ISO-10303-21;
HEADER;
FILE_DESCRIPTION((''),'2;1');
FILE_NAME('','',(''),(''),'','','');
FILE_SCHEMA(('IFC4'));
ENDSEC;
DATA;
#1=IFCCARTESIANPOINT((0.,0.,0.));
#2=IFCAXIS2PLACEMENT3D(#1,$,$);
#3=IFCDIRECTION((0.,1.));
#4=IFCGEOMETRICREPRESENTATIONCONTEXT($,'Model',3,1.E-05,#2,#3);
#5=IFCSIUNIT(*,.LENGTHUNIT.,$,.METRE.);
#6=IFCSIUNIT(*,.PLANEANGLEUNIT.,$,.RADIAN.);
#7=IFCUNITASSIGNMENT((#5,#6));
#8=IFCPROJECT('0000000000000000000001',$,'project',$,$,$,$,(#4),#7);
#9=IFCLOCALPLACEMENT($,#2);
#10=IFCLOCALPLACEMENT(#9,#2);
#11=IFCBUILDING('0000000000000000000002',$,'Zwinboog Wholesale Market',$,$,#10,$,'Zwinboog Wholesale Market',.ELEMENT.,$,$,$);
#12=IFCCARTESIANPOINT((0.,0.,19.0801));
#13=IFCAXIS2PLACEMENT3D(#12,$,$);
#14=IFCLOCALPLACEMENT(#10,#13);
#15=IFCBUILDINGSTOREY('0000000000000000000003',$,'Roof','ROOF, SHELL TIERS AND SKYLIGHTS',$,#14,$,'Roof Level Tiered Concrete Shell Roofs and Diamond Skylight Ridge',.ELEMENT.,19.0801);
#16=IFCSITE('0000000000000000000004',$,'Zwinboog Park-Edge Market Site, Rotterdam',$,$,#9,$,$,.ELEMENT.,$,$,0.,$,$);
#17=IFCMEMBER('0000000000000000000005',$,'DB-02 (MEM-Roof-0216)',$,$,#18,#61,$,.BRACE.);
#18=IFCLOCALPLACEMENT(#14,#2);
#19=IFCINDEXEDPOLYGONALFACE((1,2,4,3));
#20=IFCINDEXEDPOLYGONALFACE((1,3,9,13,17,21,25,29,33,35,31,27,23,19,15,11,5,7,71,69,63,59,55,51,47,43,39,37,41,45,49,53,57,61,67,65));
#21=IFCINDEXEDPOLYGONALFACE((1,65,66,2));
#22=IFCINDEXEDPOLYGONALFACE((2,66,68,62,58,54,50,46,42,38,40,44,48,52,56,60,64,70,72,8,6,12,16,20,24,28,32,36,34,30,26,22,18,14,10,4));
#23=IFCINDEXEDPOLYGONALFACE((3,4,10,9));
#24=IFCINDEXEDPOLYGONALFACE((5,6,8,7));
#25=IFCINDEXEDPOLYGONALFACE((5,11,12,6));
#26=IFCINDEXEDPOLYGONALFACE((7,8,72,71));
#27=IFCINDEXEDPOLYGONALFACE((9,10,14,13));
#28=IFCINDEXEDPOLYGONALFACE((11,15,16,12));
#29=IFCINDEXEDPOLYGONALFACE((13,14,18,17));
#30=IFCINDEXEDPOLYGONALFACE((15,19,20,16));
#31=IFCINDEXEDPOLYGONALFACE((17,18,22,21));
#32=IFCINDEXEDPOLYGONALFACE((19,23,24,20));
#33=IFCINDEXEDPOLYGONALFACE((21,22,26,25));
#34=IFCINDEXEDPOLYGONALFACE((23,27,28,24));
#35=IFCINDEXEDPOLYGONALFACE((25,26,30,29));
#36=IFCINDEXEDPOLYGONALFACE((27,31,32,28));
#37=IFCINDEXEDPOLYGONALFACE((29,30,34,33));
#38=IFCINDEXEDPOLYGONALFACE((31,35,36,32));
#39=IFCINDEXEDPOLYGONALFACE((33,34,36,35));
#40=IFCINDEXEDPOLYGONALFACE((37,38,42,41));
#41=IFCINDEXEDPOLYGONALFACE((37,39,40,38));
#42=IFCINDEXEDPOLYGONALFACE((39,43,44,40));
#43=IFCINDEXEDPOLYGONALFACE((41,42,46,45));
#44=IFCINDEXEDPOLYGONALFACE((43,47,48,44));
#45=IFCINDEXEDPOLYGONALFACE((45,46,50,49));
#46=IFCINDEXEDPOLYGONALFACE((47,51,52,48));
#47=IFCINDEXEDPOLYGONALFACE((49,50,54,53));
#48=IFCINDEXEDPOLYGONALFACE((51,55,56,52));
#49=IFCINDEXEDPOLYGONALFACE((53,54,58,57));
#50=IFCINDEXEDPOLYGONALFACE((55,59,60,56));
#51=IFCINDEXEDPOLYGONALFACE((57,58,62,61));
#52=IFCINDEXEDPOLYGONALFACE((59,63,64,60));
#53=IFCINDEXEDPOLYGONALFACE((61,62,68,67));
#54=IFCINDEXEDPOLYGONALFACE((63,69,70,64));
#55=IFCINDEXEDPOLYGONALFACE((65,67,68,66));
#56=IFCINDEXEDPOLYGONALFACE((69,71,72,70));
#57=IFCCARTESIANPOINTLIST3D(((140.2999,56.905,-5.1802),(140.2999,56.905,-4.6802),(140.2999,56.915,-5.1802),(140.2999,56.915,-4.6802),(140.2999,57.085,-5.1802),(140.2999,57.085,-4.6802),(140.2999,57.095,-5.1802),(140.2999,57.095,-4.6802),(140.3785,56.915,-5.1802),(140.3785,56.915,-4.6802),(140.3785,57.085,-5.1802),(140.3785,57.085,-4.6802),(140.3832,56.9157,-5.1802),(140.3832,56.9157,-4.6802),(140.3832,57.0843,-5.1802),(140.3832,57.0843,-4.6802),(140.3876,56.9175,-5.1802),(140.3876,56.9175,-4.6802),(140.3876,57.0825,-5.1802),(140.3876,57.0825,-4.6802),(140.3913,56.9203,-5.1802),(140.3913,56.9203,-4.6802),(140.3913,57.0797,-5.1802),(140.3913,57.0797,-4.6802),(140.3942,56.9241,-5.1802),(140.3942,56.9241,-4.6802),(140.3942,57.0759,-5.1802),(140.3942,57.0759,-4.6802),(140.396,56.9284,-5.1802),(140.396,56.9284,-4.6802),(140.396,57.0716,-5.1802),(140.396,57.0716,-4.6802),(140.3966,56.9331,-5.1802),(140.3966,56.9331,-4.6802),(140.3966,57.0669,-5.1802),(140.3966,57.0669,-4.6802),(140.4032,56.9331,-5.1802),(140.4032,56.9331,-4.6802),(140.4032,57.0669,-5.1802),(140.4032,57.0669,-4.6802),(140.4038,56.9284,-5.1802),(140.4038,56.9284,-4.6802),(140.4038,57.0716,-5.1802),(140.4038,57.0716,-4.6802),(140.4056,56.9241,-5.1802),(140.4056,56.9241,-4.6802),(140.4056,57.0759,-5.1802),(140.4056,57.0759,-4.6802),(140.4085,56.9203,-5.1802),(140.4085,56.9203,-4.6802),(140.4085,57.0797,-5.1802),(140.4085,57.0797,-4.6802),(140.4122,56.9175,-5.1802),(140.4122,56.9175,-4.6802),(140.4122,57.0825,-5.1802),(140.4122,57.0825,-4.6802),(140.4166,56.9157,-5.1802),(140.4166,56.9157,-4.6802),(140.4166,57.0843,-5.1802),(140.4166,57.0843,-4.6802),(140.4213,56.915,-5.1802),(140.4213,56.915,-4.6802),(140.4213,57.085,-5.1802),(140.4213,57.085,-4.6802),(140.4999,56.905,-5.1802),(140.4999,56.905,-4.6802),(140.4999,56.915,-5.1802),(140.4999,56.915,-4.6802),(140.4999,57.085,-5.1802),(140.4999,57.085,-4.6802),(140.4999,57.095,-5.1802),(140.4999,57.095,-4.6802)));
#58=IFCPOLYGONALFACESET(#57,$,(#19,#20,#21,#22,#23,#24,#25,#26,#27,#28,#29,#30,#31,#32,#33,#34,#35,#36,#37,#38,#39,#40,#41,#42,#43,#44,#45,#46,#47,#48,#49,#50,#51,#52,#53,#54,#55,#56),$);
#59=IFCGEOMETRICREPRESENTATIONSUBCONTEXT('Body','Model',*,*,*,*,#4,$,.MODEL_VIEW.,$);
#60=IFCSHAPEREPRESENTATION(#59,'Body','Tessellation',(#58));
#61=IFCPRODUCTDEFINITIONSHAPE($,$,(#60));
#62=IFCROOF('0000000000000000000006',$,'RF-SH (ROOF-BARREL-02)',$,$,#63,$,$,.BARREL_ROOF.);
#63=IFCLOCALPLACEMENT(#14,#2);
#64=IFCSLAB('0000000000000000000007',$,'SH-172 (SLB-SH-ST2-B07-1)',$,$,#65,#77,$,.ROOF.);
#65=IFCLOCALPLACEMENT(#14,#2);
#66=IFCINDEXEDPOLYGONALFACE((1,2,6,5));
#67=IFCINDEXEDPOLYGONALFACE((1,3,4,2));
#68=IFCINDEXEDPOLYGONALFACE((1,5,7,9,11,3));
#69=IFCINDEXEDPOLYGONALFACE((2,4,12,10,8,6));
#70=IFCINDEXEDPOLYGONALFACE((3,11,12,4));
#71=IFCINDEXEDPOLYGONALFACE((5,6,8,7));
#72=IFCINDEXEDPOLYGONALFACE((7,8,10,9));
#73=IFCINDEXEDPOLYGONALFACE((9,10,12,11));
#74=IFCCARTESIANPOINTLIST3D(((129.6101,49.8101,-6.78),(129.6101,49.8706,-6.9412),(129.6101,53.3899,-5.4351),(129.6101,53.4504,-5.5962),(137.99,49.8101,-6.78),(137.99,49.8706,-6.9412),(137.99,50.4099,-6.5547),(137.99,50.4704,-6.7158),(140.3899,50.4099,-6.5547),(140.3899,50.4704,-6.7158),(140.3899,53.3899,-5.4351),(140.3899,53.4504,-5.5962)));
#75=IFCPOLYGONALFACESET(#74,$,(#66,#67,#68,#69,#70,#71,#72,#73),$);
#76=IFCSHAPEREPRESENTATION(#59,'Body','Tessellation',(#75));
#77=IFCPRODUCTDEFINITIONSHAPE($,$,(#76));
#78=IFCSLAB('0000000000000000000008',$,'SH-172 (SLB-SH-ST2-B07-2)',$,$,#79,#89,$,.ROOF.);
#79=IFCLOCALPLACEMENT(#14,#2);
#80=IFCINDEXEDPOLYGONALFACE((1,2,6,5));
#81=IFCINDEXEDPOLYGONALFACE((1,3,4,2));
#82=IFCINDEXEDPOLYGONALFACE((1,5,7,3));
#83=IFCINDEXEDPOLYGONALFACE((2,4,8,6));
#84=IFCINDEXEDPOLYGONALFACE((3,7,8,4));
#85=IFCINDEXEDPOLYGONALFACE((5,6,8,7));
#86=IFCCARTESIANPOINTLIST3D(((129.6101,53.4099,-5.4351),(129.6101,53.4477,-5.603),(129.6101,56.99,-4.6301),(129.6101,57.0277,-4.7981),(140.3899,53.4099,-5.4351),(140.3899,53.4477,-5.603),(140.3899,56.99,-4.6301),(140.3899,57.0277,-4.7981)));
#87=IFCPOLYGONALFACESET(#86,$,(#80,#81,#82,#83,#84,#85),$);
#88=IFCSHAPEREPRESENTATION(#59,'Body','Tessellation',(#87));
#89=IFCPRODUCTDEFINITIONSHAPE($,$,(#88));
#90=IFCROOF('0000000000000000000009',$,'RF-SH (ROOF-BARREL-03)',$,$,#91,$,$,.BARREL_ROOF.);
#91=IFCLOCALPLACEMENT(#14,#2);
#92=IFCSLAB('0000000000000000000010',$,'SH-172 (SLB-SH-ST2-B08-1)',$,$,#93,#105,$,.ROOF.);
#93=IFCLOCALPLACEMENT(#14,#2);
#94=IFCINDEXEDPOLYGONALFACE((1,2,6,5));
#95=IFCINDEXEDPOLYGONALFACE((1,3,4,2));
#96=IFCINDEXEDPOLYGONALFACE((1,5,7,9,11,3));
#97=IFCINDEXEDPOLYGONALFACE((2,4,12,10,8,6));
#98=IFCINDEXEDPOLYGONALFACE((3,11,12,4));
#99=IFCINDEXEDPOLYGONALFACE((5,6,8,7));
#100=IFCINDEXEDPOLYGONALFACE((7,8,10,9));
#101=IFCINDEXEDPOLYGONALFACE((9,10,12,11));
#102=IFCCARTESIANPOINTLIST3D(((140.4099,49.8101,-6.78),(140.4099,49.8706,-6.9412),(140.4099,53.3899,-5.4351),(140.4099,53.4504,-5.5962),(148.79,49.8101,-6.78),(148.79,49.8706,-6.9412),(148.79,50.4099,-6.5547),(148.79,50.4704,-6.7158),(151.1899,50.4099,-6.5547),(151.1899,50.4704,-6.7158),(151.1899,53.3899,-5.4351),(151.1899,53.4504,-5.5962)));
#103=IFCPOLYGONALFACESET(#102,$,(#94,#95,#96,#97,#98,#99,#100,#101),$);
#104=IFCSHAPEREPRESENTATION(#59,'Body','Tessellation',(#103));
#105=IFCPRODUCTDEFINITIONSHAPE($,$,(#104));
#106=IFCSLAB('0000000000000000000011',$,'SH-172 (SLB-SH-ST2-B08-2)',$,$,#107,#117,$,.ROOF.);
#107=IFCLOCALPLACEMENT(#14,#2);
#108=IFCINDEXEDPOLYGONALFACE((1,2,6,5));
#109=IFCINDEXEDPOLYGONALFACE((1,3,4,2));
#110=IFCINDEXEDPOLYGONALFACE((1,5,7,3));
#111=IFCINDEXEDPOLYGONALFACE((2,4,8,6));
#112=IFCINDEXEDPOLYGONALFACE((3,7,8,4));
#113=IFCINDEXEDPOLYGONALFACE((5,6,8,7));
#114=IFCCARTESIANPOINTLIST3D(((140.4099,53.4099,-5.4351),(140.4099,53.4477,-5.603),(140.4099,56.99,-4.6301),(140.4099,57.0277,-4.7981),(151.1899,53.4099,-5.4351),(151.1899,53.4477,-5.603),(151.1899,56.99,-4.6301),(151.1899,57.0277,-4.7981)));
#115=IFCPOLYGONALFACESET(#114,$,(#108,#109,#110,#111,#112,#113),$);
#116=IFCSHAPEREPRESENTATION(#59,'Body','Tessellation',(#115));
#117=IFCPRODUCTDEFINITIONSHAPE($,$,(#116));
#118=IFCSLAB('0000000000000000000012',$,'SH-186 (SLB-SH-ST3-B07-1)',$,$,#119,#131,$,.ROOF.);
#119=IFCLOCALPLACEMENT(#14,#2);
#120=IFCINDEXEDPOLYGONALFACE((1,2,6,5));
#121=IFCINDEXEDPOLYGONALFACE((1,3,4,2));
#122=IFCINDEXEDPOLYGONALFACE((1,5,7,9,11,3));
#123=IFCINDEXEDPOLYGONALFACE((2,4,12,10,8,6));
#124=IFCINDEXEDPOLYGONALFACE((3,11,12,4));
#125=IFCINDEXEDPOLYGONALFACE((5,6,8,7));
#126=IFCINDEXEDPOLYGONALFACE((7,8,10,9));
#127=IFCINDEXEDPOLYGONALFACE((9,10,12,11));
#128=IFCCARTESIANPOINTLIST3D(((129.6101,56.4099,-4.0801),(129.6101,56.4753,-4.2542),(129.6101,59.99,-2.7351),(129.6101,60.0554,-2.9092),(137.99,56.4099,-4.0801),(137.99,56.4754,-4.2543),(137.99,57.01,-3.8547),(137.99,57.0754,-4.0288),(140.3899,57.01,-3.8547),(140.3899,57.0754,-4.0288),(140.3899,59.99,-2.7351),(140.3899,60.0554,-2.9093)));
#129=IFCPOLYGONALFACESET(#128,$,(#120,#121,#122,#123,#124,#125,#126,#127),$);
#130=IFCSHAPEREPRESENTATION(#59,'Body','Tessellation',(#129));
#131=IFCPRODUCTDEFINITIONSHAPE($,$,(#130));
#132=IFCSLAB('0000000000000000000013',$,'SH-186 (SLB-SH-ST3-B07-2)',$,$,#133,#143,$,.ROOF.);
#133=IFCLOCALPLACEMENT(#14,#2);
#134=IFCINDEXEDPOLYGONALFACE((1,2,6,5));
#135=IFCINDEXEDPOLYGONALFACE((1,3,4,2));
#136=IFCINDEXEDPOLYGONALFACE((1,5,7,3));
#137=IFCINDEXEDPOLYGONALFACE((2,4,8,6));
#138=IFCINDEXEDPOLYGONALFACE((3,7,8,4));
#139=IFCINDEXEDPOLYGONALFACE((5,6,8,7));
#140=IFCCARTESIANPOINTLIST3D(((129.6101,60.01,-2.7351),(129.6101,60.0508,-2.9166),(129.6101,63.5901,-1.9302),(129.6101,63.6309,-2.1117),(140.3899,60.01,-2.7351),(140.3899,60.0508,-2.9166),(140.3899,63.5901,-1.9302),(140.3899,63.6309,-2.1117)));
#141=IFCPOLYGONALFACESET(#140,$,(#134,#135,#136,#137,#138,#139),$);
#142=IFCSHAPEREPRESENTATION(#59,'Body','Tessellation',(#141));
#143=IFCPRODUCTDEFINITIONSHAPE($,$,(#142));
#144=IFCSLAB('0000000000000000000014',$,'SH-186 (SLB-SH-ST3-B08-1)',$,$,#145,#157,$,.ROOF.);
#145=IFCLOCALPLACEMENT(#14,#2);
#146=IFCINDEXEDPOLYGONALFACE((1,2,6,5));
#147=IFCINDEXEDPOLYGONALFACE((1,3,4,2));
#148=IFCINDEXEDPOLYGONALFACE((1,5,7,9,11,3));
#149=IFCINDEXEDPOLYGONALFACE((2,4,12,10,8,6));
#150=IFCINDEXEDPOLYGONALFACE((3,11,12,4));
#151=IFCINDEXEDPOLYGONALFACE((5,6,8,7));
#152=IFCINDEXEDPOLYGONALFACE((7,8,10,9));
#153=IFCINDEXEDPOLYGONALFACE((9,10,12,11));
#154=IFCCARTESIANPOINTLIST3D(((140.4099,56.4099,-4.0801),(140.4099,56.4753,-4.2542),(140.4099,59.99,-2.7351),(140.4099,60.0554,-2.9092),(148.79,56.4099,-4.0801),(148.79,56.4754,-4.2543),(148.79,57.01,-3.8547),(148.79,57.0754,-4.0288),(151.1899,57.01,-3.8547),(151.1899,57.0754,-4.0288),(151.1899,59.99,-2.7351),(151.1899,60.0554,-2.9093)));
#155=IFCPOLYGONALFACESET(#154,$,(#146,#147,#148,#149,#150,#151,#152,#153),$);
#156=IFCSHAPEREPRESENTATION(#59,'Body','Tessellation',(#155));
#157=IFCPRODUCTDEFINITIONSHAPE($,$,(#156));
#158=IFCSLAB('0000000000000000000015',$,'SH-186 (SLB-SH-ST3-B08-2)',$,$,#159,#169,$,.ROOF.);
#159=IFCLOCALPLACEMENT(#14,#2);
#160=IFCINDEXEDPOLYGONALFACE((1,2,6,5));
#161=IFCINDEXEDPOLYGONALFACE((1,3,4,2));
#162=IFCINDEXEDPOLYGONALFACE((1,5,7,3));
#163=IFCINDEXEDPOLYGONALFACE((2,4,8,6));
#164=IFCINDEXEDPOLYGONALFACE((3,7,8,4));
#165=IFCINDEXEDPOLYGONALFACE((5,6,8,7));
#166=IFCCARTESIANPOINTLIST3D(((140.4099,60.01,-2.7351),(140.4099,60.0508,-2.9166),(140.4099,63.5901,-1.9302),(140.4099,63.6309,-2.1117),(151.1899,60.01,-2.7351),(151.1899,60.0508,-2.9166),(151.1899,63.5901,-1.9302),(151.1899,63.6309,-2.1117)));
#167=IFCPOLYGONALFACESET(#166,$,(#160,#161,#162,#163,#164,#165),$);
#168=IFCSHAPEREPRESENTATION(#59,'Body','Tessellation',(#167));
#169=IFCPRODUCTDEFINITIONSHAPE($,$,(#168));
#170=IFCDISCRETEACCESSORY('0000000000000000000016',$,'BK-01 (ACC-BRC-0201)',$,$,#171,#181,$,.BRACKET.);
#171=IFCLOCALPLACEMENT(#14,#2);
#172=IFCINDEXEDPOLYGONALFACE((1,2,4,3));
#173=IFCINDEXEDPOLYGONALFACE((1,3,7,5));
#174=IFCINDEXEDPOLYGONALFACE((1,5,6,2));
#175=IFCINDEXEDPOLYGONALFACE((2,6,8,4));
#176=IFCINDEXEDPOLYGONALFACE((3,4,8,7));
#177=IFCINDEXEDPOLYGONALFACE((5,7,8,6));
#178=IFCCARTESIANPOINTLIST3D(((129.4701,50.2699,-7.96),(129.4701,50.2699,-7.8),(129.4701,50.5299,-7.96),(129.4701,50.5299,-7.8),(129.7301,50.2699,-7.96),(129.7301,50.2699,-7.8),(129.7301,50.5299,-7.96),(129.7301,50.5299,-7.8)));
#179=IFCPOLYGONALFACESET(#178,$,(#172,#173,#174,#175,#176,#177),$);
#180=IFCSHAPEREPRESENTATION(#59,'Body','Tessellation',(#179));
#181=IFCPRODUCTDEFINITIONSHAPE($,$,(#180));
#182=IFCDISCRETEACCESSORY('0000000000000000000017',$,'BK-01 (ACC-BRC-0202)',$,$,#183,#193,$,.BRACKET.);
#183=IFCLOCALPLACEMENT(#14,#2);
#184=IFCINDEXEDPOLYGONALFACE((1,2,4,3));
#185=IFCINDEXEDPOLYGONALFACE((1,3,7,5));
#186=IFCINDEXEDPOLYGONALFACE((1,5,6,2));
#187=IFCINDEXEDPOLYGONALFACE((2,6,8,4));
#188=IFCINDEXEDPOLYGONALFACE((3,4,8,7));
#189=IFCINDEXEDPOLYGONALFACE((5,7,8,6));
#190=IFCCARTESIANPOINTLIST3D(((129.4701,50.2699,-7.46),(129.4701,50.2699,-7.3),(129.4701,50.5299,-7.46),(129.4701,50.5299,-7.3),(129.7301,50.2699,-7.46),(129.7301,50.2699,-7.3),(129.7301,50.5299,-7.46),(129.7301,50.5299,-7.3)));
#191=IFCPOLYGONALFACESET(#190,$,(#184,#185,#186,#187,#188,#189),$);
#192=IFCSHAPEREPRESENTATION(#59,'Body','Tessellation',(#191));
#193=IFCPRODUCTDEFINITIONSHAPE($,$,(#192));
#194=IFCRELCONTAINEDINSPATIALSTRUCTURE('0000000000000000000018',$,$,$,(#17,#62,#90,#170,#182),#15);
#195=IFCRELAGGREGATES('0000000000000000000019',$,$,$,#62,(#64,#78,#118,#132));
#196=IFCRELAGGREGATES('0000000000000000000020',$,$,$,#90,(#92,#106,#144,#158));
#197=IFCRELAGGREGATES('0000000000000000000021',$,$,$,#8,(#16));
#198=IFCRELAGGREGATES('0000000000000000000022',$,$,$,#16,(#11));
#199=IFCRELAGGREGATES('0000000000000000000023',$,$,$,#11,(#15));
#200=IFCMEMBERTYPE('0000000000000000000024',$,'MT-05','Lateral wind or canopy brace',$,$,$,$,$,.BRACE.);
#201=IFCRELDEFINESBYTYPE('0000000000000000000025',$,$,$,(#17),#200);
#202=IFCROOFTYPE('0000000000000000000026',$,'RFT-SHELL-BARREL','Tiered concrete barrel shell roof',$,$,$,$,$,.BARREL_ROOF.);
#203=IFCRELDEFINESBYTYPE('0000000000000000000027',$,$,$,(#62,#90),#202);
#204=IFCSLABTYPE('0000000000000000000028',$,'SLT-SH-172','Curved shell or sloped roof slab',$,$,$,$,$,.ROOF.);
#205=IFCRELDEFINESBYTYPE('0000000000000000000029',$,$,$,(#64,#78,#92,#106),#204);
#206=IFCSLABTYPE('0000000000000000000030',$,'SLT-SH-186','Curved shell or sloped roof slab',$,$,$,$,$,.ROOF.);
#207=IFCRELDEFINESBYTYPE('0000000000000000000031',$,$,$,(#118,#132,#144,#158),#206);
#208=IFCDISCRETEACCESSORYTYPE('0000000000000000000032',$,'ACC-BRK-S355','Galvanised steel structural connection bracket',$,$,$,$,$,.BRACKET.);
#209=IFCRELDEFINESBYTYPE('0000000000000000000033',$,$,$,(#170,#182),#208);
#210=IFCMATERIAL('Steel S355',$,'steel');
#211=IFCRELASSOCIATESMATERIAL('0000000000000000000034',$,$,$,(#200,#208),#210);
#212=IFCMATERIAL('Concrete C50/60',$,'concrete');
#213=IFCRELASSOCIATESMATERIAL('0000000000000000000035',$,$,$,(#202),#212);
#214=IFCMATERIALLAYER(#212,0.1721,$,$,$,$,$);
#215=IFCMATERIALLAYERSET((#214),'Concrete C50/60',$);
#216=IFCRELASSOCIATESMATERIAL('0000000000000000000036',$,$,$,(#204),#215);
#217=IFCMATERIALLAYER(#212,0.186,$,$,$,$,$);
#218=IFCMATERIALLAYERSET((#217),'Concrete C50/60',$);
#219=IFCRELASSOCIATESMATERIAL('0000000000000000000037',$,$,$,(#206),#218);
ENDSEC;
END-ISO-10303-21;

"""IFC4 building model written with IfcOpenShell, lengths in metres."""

from ifc_helpers import new_model, si_unit, direction, frame, origin, origin_2d, place, context, subcontext, project, spatial, polyline, rectangle, i_section, outline, extrude, material, layer, layer_set, material_profile, profile_set, type_object, element, aggregate, save


model = new_model("IFC4")

# Units and contexts
model_context = context("Model", 3, precision=1e-05, world=origin(), true_north=direction((0.0, 1.0)))
body_context = subcontext(model_context, "Body", "Model", "MODEL_VIEW")
ifc_project = project(units=[si_unit("LENGTHUNIT", "METRE"), si_unit("PLANEANGLEUNIT", "RADIAN")], contexts=[model_context])

# Site, building, storey
site_placement = place(None, origin())
site = spatial("IfcSite", under=ifc_project, at=site_placement, Name="Zwinboog Park-Edge Market Site, Rotterdam", CompositionType="ELEMENT", RefElevation=0.0)
building_placement = place(site_placement, origin())
building = spatial("IfcBuilding", under=site, at=building_placement, Name="Zwinboog Wholesale Market", LongName="Zwinboog Wholesale Market", CompositionType="ELEMENT")
storey_placement = place(building_placement, frame((0.0, 0.0, 19.0801)))
storey = spatial("IfcBuildingStorey", under=building, at=storey_placement, Name="Roof", Description="ROOF, SHELL TIERS AND SKYLIGHTS", LongName="Roof Level Tiered Concrete Shell Roofs and Diamond Skylight Ridge", CompositionType="ELEMENT", Elevation=19.0801)

# Member
ifc_material_1 = material(Name="Steel S355", Category="steel")
ifc_material_profile_1 = material_profile(ifc_material_1, i_section(OverallWidth=0.2, OverallDepth=0.1899, WebThickness=0.0066, FlangeThickness=0.01, FilletRadius=0.0181, at=origin_2d()), Name="HEA 200")
ifc_profile_set_1 = profile_set([ifc_material_profile_1], Name="Steel S355")
member_type_1 = type_object("IfcMemberType", Name="MT-05", Description="Lateral wind or canopy brace", PredefinedType="BRACE", material=ifc_profile_set_1)
for number, where, z_axis, x_axis, name in (
    (1, (140.3999, 57.0, -5.1802), (0.0, 0.0, 1.0), (1.0, 0.0, 0.0), "DB-02 (MEM-Roof-0216)"),
):
    element("IfcMember", number, at=place(storey_placement, frame(where, z_axis=z_axis, x_axis=x_axis)), inside=storey, type_object=member_type_1, Name=name, PredefinedType="BRACE", context=body_context, shape_type="SweptSolid", body=[
        extrude(i_section(OverallWidth=0.2, OverallDepth=0.1899, WebThickness=0.0066, FlangeThickness=0.01, FilletRadius=0.0181, at=origin_2d()), origin(), (0.0, 0.0, 1.0), 0.5),
    ])

# Roofs, slabs
ifc_material_2 = material(Name="Concrete C50/60", Category="concrete")
roof_type = type_object("IfcRoofType", Name="RFT-SHELL-BARREL", Description="Tiered concrete barrel shell roof", PredefinedType="BARREL_ROOF", material=ifc_material_2)
roof_1_placement = place(storey_placement, origin())
roof_1 = element("IfcRoof", 2, at=roof_1_placement, inside=storey, type_object=roof_type, Name="RF-SH (ROOF-BARREL-02)", PredefinedType="BARREL_ROOF")
ifc_layer_1 = layer(ifc_material_2, 0.1721)
ifc_layer_set_1 = layer_set([ifc_layer_1], Name="Concrete C50/60")
slab_type_1 = type_object("IfcSlabType", Name="SLT-SH-172", Description="Curved shell or sloped roof slab", PredefinedType="ROOF", material=ifc_layer_set_1)
slab_1_placement = place(storey_placement, frame((129.6101, 49.8101, -6.78), z_axis=(0.000001, -0.351706, 0.936111), x_axis=(1.0, 0.0, -0.000001)))
slab_1 = element("IfcSlab", 3, at=slab_1_placement, type_object=slab_type_1, Name="SH-172 (SLB-SH-ST2-B07-1)", PredefinedType="ROOF", context=body_context, shape_type="SweptSolid", body=[
    extrude(outline(polyline([(0.0, 0.0), (8.3799, 0.0), (8.3799, 0.6408), (10.7798, 0.6408), (10.7798, 3.8242), (0.0, 3.8242), (0.0, 0.0)])), origin(), (0.0, 0.0, -1.0), 0.1721),
])
slab_2_placement = place(storey_placement, frame((129.6101, 53.4099, -5.4351), z_axis=(0.0, -0.21936, 0.975644), x_axis=(1.0, 0.0, 0.0)))
slab_2 = element("IfcSlab", 4, at=slab_2_placement, type_object=slab_type_1, Name="SH-172 (SLB-SH-ST2-B07-2)", PredefinedType="ROOF", context=body_context, shape_type="SweptSolid", body=[
    extrude(outline(polyline([(0.0, 0.0), (10.7798, 0.0), (10.7798, 3.6695), (0.0, 3.6695), (0.0, 0.0)])), origin(), (0.0, 0.0, -1.0), 0.1721),
])
roof_2_placement = place(storey_placement, origin())
roof_2 = element("IfcRoof", 5, at=roof_2_placement, inside=storey, type_object=roof_type, Name="RF-SH (ROOF-BARREL-03)", PredefinedType="BARREL_ROOF")
slab_3_placement = place(storey_placement, frame((140.4099, 49.8101, -6.78), z_axis=(0.000001, -0.351706, 0.936111), x_axis=(1.0, 0.0, -0.000001)))
slab_3 = element("IfcSlab", 6, at=slab_3_placement, type_object=slab_type_1, Name="SH-172 (SLB-SH-ST2-B08-1)", PredefinedType="ROOF", context=body_context, shape_type="SweptSolid", body=[
    extrude(outline(polyline([(0.0, 0.0), (8.3801, 0.0), (8.3801, 0.6408), (10.78, 0.6408), (10.78, 3.8242), (0.0, 3.8242), (0.0, 0.0)])), origin(), (0.0, 0.0, -1.0), 0.1721),
])
slab_4_placement = place(storey_placement, frame((140.4099, 53.4099, -5.4351), z_axis=(0.0, -0.21936, 0.975644), x_axis=(1.0, 0.0, 0.0)))
slab_4 = element("IfcSlab", 7, at=slab_4_placement, type_object=slab_type_1, Name="SH-172 (SLB-SH-ST2-B08-2)", PredefinedType="ROOF", context=body_context, shape_type="SweptSolid", body=[
    extrude(outline(polyline([(0.0, 0.0), (10.78, 0.0), (10.78, 3.6695), (0.0, 3.6695), (0.0, 0.0)])), origin(), (0.0, 0.0, -1.0), 0.1721),
])

# Slabs
ifc_layer_2 = layer(ifc_material_2, 0.186)
ifc_layer_set_2 = layer_set([ifc_layer_2], Name="Concrete C50/60")
slab_type_2 = type_object("IfcSlabType", Name="SLT-SH-186", Description="Curved shell or sloped roof slab", PredefinedType="ROOF", material=ifc_layer_set_2)
slab_5_placement = place(storey_placement, frame((129.6101, 56.4099, -4.0801), z_axis=(0.000005, -0.351689, 0.936117), x_axis=(1.0, 0.000002, -0.000004)))
slab_5 = element("IfcSlab", 8, at=slab_5_placement, type_object=slab_type_2, Name="SH-186 (SLB-SH-ST3-B07-1)", PredefinedType="ROOF", context=body_context, shape_type="SweptSolid", body=[
    extrude(outline(polyline([(0.0, 0.0), (8.3799, 0.0), (8.3799, 0.641), (10.7798, 0.641), (10.7798, 3.8244), (0.0, 3.8244), (0.0, 0.0)])), origin(), (0.0, 0.0, -1.0), 0.186),
])
slab_6_placement = place(storey_placement, frame((129.6101, 60.01, -2.7351), z_axis=(0.0, -0.21936, 0.975644), x_axis=(1.0, 0.0, 0.0)))
slab_6 = element("IfcSlab", 9, at=slab_6_placement, type_object=slab_type_2, Name="SH-186 (SLB-SH-ST3-B07-2)", PredefinedType="ROOF", context=body_context, shape_type="SweptSolid", body=[
    extrude(outline(polyline([(0.0, 0.0), (10.7798, 0.0), (10.7798, 3.6695), (0.0, 3.6695), (0.0, 0.0)])), origin(), (0.0, 0.0, -1.0), 0.186),
])
aggregate(roof_1, [slab_1, slab_2, slab_5, slab_6])
slab_7_placement = place(storey_placement, frame((140.4099, 56.4099, -4.0801), z_axis=(0.000005, -0.351689, 0.936117), x_axis=(1.0, 0.000002, -0.000004)))
slab_7 = element("IfcSlab", 10, at=slab_7_placement, type_object=slab_type_2, Name="SH-186 (SLB-SH-ST3-B08-1)", PredefinedType="ROOF", context=body_context, shape_type="SweptSolid", body=[
    extrude(outline(polyline([(0.0, 0.0), (8.3801, 0.0), (8.3801, 0.641), (10.78, 0.641), (10.78, 3.8244), (0.0, 3.8244), (0.0, 0.0)])), origin(), (0.0, 0.0, -1.0), 0.186),
])
slab_8_placement = place(storey_placement, frame((140.4099, 60.01, -2.7351), z_axis=(0.0, -0.21936, 0.975644), x_axis=(1.0, 0.0, 0.0)))
slab_8 = element("IfcSlab", 11, at=slab_8_placement, type_object=slab_type_2, Name="SH-186 (SLB-SH-ST3-B08-2)", PredefinedType="ROOF", context=body_context, shape_type="SweptSolid", body=[
    extrude(outline(polyline([(0.0, 0.0), (10.78, 0.0), (10.78, 3.6695), (0.0, 3.6695), (0.0, 0.0)])), origin(), (0.0, 0.0, -1.0), 0.186),
])
aggregate(roof_2, [slab_3, slab_4, slab_7, slab_8])

# Discrete accessories
discrete_accessory_type = type_object("IfcDiscreteAccessoryType", Name="ACC-BRK-S355", Description="Galvanised steel structural connection bracket", PredefinedType="BRACKET", material=ifc_material_1)
for number, where, z_axis, x_axis, name in (
    (12, (129.6001, 50.3999, -7.96), (0.0, 0.0, 1.0), (1.0, 0.0, 0.0), "BK-01 (ACC-BRC-0201)"),
    (13, (129.6001, 50.3999, -7.46), (0.0, 0.0, 1.0), (1.0, 0.0, 0.0), "BK-01 (ACC-BRC-0202)"),
):
    element("IfcDiscreteAccessory", number, at=place(storey_placement, frame(where, z_axis=z_axis, x_axis=x_axis)), inside=storey, type_object=discrete_accessory_type, Name=name, PredefinedType="BRACKET", context=body_context, shape_type="SweptSolid", body=[
        extrude(rectangle(XDim=0.26, YDim=0.26, at=origin_2d()), origin(), (0.0, 0.0, 1.0), 0.1599),
    ])

save(model, "model.ifc")
